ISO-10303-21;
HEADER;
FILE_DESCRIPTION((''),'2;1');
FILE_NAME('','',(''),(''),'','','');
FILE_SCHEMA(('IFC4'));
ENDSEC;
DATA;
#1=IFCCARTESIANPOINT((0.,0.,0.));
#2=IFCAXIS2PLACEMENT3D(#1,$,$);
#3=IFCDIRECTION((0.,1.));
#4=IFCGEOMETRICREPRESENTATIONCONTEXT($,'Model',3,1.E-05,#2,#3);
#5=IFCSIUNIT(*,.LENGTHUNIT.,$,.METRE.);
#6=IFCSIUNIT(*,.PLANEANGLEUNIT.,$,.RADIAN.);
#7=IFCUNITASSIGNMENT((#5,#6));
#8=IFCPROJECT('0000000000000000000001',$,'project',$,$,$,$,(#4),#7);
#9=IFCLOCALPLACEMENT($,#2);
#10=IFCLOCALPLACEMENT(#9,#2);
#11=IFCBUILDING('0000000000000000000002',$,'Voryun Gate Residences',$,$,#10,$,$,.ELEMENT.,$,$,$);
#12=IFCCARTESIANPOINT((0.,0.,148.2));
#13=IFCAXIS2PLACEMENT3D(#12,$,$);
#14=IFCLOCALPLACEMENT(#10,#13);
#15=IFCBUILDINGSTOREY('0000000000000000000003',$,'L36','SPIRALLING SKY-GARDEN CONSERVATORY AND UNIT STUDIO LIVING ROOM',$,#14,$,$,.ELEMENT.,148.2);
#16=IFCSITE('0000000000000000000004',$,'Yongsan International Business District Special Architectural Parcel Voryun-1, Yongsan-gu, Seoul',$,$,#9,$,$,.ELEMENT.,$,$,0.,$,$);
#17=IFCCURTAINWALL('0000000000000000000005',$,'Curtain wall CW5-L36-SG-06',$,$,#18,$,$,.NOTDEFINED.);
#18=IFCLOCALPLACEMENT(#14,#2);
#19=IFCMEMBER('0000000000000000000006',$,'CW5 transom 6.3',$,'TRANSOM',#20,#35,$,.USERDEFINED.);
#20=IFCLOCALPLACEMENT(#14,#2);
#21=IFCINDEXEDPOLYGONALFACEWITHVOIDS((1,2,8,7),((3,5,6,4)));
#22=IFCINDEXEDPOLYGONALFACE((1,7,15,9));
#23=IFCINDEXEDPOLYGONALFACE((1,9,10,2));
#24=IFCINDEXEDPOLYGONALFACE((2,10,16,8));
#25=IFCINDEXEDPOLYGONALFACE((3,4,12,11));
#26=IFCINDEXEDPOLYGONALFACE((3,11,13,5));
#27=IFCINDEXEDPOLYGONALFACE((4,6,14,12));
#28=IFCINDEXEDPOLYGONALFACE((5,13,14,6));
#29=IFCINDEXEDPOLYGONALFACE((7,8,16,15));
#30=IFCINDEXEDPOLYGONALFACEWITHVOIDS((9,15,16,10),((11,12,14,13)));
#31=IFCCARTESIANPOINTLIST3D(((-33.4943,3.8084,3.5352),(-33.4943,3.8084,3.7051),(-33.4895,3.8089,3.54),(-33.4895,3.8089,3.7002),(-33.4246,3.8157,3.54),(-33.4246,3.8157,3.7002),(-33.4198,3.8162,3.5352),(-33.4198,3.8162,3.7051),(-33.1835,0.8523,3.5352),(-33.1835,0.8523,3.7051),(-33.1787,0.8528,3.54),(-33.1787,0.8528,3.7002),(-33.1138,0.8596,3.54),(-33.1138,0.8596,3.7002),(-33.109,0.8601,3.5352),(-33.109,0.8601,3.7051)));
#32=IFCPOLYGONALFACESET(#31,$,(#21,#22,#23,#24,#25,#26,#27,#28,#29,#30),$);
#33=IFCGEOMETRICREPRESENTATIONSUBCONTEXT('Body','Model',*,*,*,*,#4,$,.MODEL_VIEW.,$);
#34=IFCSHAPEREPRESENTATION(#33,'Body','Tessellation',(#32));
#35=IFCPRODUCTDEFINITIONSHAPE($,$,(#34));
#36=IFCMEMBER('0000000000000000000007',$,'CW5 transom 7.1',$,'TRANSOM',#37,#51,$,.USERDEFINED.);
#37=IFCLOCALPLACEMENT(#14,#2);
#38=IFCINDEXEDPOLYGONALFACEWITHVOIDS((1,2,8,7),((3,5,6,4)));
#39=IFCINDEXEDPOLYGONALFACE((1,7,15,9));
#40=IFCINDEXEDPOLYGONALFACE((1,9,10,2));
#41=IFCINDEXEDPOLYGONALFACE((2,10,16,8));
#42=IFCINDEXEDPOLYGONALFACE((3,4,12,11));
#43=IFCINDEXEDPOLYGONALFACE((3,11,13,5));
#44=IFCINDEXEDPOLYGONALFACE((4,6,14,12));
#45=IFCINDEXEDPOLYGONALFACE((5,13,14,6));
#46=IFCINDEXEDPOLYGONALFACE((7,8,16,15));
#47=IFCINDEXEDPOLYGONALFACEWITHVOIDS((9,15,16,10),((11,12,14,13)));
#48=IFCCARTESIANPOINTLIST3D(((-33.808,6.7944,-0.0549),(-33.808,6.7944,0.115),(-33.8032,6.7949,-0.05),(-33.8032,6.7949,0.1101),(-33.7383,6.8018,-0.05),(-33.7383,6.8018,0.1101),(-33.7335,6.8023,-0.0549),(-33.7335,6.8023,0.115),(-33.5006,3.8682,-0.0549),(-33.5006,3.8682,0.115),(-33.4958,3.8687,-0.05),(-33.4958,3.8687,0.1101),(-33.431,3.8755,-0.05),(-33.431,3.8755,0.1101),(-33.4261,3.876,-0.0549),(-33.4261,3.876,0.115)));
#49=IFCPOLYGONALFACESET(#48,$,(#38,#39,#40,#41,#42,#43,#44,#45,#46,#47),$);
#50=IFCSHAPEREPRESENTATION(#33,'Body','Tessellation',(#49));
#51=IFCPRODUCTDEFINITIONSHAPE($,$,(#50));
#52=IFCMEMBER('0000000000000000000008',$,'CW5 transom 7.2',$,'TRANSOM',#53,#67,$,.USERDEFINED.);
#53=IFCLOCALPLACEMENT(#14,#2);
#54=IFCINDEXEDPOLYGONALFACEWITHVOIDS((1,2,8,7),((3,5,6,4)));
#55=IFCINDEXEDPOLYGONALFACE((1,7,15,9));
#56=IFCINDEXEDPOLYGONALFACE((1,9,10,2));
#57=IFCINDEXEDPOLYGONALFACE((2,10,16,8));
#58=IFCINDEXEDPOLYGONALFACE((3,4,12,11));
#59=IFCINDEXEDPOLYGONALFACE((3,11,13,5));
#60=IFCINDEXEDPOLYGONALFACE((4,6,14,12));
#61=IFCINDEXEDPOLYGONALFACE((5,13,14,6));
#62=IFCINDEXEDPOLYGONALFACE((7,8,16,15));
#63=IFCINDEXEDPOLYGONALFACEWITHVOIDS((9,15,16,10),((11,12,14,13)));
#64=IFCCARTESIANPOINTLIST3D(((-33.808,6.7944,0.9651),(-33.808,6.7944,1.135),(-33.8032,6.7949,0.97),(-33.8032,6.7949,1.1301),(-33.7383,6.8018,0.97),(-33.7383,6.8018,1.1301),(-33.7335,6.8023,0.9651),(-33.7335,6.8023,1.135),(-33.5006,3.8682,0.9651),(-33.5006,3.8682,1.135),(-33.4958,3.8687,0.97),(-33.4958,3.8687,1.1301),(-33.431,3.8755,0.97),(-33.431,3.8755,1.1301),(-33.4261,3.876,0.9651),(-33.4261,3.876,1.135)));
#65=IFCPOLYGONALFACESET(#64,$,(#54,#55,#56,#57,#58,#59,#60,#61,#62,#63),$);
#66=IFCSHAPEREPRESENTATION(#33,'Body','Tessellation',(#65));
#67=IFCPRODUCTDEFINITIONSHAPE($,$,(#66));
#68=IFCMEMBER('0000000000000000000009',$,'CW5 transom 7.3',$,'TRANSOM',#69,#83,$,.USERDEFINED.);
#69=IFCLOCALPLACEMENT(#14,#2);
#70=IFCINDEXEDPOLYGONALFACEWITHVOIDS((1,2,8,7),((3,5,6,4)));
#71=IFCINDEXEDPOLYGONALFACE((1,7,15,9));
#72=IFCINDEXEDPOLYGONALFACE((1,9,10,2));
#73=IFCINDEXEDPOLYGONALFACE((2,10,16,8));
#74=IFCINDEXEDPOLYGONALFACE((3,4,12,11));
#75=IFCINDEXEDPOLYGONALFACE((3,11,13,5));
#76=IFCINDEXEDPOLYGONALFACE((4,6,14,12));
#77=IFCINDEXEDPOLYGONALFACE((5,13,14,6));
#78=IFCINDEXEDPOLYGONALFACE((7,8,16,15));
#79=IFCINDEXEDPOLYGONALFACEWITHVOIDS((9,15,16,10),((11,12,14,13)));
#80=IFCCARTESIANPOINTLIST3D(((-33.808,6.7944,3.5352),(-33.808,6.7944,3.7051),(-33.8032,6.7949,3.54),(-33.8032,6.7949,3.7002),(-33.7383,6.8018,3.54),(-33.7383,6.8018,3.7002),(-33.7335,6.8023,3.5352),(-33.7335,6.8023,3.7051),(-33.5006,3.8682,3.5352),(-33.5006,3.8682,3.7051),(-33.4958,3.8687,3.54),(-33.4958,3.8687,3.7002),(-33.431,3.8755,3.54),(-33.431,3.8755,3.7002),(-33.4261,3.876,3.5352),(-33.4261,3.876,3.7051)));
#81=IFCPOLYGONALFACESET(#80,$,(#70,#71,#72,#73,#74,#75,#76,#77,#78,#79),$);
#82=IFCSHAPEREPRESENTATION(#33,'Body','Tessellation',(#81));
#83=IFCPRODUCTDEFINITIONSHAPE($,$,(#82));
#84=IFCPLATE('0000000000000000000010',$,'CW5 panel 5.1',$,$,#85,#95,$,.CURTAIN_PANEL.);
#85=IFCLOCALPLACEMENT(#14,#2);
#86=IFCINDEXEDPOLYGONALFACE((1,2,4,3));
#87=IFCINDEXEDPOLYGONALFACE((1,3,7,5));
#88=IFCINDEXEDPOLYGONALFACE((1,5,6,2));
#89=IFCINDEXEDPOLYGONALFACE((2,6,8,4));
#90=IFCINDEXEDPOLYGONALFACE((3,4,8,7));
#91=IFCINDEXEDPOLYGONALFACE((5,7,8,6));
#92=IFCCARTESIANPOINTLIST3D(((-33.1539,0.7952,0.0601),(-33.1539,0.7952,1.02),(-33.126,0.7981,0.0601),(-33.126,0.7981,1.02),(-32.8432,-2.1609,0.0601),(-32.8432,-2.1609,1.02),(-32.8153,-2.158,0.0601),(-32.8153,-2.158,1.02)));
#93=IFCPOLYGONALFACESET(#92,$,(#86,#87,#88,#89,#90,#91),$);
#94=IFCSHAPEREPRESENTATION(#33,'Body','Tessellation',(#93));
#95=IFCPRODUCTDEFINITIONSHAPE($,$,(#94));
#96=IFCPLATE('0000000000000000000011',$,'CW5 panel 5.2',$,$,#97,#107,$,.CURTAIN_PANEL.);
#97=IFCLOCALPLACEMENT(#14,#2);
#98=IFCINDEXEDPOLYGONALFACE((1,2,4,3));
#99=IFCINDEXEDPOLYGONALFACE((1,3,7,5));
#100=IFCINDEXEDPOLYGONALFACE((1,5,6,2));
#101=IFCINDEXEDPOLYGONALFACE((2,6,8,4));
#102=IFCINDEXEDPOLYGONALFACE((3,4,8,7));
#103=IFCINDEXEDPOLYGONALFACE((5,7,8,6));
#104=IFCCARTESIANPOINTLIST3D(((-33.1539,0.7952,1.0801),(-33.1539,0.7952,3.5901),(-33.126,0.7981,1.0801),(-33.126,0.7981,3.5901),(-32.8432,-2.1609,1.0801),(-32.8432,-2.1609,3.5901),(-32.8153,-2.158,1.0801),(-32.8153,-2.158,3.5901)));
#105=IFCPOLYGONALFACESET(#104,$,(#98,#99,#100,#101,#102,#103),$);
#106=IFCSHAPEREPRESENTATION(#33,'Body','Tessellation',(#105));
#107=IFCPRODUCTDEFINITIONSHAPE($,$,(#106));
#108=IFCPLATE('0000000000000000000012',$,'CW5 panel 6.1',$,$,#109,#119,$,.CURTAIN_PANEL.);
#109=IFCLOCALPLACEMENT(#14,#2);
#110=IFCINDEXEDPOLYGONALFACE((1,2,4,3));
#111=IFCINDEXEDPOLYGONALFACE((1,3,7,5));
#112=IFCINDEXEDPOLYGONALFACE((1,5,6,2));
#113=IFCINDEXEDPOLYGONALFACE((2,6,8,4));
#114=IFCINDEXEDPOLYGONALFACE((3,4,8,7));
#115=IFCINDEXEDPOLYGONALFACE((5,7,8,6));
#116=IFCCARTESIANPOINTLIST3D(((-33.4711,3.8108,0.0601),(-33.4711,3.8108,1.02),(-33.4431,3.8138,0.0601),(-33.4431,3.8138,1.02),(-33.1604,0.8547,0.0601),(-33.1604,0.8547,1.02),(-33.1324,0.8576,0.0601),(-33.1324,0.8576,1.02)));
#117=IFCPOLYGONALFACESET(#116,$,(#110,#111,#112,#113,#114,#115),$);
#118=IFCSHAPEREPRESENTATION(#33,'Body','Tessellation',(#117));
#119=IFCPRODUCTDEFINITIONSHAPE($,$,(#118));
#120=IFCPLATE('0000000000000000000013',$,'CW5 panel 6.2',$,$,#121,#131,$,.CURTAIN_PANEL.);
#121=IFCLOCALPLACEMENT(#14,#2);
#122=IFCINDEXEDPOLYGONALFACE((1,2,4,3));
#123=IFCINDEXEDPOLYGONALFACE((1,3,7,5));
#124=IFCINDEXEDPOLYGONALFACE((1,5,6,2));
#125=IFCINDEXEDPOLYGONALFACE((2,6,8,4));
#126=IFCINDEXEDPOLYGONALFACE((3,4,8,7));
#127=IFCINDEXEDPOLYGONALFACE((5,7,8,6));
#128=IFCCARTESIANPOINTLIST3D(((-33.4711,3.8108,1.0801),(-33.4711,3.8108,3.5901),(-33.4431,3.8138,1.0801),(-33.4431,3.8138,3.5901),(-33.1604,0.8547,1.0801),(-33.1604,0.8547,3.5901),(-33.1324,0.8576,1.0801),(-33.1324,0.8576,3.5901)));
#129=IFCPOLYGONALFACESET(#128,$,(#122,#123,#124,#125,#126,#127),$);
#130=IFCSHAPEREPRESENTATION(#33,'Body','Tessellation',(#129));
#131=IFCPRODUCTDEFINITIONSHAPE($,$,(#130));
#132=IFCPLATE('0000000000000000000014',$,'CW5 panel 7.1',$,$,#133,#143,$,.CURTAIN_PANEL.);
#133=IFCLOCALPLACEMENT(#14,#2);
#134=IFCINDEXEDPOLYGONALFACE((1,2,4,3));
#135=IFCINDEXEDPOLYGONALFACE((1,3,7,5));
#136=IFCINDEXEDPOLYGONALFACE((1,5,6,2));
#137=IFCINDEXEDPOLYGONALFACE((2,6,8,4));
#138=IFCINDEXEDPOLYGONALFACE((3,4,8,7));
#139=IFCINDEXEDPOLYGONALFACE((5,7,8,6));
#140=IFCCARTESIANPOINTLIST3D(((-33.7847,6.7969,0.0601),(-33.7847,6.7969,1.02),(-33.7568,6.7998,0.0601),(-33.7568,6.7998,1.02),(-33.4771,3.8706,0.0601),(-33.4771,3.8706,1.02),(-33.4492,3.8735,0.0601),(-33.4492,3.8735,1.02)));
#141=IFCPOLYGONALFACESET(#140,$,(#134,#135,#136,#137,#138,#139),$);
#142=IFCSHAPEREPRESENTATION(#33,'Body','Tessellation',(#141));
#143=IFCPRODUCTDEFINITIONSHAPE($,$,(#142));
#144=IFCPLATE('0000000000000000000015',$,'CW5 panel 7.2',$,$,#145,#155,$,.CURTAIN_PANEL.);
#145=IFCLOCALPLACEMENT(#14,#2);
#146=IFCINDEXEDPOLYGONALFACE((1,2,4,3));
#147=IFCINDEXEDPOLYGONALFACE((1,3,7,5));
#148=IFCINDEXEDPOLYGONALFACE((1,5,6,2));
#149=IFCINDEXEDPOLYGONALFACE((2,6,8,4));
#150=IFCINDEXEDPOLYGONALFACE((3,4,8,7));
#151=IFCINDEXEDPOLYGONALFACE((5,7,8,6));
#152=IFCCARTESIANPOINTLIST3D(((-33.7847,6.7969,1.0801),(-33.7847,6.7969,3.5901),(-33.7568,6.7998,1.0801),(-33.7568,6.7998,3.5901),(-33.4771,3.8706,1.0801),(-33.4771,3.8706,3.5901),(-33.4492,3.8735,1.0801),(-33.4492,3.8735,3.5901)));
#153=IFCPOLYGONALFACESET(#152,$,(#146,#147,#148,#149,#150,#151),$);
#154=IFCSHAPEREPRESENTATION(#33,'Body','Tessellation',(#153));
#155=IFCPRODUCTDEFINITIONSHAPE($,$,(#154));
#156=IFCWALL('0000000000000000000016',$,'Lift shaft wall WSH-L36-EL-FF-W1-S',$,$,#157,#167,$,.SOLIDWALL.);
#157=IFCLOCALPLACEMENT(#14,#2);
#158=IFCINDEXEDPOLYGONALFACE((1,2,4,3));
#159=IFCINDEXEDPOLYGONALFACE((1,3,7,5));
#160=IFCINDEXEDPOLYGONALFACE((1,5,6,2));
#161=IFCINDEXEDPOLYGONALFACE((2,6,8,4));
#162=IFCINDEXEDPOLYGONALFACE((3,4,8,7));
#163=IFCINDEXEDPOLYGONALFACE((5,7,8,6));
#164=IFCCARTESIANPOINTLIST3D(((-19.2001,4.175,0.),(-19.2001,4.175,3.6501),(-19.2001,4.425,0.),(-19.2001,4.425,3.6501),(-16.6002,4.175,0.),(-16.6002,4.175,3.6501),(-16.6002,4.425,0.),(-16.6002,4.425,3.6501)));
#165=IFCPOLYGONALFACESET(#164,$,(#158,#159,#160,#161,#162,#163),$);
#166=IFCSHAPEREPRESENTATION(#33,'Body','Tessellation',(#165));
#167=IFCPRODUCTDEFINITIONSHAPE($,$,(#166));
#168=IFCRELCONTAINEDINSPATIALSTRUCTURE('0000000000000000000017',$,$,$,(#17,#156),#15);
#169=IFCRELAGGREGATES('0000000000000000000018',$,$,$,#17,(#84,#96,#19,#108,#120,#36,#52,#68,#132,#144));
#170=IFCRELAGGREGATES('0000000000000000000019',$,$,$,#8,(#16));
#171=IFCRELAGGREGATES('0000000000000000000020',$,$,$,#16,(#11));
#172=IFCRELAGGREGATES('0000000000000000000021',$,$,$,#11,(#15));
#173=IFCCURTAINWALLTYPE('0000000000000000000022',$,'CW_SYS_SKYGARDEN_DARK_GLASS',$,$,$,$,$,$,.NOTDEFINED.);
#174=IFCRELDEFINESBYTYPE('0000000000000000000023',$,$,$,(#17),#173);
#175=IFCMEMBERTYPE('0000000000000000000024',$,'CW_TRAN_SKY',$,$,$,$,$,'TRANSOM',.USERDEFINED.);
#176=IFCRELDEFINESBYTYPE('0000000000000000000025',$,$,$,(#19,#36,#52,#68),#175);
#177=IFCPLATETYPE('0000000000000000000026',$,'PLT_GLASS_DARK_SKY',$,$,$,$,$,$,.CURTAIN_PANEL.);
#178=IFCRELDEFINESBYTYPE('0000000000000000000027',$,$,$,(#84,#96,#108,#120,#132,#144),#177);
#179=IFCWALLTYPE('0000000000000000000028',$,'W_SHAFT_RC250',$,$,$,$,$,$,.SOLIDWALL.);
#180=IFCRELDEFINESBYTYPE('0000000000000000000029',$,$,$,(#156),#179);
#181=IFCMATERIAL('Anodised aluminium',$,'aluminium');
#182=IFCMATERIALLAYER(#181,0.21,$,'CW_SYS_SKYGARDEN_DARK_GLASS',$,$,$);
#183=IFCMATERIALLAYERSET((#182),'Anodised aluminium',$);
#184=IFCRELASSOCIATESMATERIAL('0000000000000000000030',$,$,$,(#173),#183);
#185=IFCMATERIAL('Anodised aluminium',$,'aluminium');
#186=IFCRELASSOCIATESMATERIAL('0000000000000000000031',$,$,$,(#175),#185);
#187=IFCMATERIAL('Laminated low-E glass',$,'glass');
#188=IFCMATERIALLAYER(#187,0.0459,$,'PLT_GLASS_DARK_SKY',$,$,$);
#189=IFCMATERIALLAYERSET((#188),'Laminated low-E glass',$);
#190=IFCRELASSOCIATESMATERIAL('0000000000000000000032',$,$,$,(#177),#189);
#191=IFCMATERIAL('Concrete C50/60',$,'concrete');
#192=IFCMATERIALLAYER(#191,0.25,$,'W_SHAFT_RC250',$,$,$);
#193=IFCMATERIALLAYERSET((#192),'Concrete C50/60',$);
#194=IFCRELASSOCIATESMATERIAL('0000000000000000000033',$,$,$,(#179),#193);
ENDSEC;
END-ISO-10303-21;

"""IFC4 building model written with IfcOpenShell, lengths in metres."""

from ifc_helpers import new_model, si_unit, direction, frame, frame_2d, origin, origin_2d, place, context, subcontext, project, spatial, rectangle, hollow_rectangle, extrude, material, layer, layer_set, material_profile, profile_set, type_object, element, aggregate, save


model = new_model("IFC4")

# Units and contexts
model_context = context("Model", 3, precision=1e-05, world=origin(), true_north=direction((0.0, 1.0)))
body_context = subcontext(model_context, "Body", "Model", "MODEL_VIEW")
ifc_project = project(units=[si_unit("LENGTHUNIT", "METRE"), si_unit("PLANEANGLEUNIT", "RADIAN")], contexts=[model_context])

# Site, building, storey
site_placement = place(None, origin())
site = spatial("IfcSite", under=ifc_project, at=site_placement, Name="Yongsan International Business District Special Architectural Parcel Voryun-1, Yongsan-gu, Seoul", CompositionType="ELEMENT", RefElevation=0.0)
building_placement = place(site_placement, origin())
building = spatial("IfcBuilding", under=site, at=building_placement, Name="Voryun Gate Residences", CompositionType="ELEMENT")
storey_placement = place(building_placement, frame((0.0, 0.0, 148.2)))
storey = spatial("IfcBuildingStorey", under=building, at=storey_placement, Name="L36", Description="SPIRALLING SKY-GARDEN CONSERVATORY AND UNIT STUDIO LIVING ROOM", CompositionType="ELEMENT", Elevation=148.2)

# Curtain wall, members, plates
ifc_material_1 = material(Name="Anodised aluminium", Category="aluminium")
ifc_layer_1 = layer(ifc_material_1, 0.21, Name="CW_SYS_SKYGARDEN_DARK_GLASS")
ifc_layer_set_1 = layer_set([ifc_layer_1], Name="Anodised aluminium")
curtain_wall_type = type_object("IfcCurtainWallType", Name="CW_SYS_SKYGARDEN_DARK_GLASS", PredefinedType="NOTDEFINED", material=ifc_layer_set_1)
curtain_wall_placement = place(storey_placement, origin())
curtain_wall = element("IfcCurtainWall", 1, at=curtain_wall_placement, inside=storey, type_object=curtain_wall_type, Name="Curtain wall CW5-L36-SG-06", PredefinedType="NOTDEFINED")
ifc_material_2 = material(Name="Anodised aluminium", Category="aluminium")
ifc_material_profile_1 = material_profile(ifc_material_2, hollow_rectangle(XDim=0.075, YDim=0.1699, WallThickness=0.0049, at=origin_2d()), Name="ALU-TRAN-170x75x5")
ifc_profile_set_1 = profile_set([ifc_material_profile_1], Name="Anodised aluminium")
member_type_1 = type_object("IfcMemberType", Name="CW_TRAN_SKY", ElementType="TRANSOM", PredefinedType="USERDEFINED", material=ifc_profile_set_1)
member_1_placement = place(storey_placement, frame((-33.1462, 0.8562, 3.6201), z_axis=(-0.104561, 0.994518, 0.0), x_axis=(-0.994518, -0.104561, 0.0)))
member_1 = element("IfcMember", 2, at=member_1_placement, type_object=member_type_1, Name="CW5 transom 6.3", ObjectType="TRANSOM", PredefinedType="USERDEFINED", context=body_context, shape_type="SweptSolid", body=[
    extrude(hollow_rectangle(XDim=0.075, YDim=0.1699, WallThickness=0.0049, at=origin_2d()), origin(), (0.0, 0.0, 1.0), 2.9724),
])
member_2_placement = place(storey_placement, frame((-33.4634, 3.8721, 0.03), z_axis=(-0.104465, 0.994529, 0.0), x_axis=(-0.994529, -0.104465, 0.0)))
member_2 = element("IfcMember", 3, at=member_2_placement, type_object=member_type_1, Name="CW5 transom 7.1", ObjectType="TRANSOM", PredefinedType="USERDEFINED", context=body_context, shape_type="SweptSolid", body=[
    extrude(hollow_rectangle(XDim=0.075, YDim=0.1699, WallThickness=0.0049, at=origin_2d()), origin(), (0.0, 0.0, 1.0), 2.9424),
])
member_3_placement = place(storey_placement, frame((-33.4634, 3.8721, 1.05), z_axis=(-0.104465, 0.994529, 0.0), x_axis=(-0.994529, -0.104465, 0.0)))
member_3 = element("IfcMember", 4, at=member_3_placement, type_object=member_type_1, Name="CW5 transom 7.2", ObjectType="TRANSOM", PredefinedType="USERDEFINED", context=body_context, shape_type="SweptSolid", body=[
    extrude(hollow_rectangle(XDim=0.075, YDim=0.1699, WallThickness=0.0049, at=origin_2d()), origin(), (0.0, 0.0, 1.0), 2.9424),
])
member_4_placement = place(storey_placement, frame((-33.4634, 3.8721, 3.6201), z_axis=(-0.104465, 0.994529, 0.0), x_axis=(-0.994529, -0.104465, 0.0)))
member_4 = element("IfcMember", 5, at=member_4_placement, type_object=member_type_1, Name="CW5 transom 7.3", ObjectType="TRANSOM", PredefinedType="USERDEFINED", context=body_context, shape_type="SweptSolid", body=[
    extrude(hollow_rectangle(XDim=0.075, YDim=0.1699, WallThickness=0.0049, at=origin_2d()), origin(), (0.0, 0.0, 1.0), 2.9424),
])
ifc_material_3 = material(Name="Laminated low-E glass", Category="glass")
ifc_layer_2 = layer(ifc_material_3, 0.0459, Name="PLT_GLASS_DARK_SKY")
ifc_layer_set_2 = layer_set([ifc_layer_2], Name="Laminated low-E glass")
plate_type = type_object("IfcPlateType", Name="PLT_GLASS_DARK_SKY", PredefinedType="CURTAIN_PANEL", material=ifc_layer_set_2)
plate_1_placement = place(storey_placement, frame((-32.9846, -0.6814, 0.0601), z_axis=(0.0, 0.0, 1.0), x_axis=(-0.10453, 0.994522, 0.0)))
plate_1 = element("IfcPlate", 6, at=plate_1_placement, type_object=plate_type, Name="CW5 panel 5.1", PredefinedType="CURTAIN_PANEL", context=body_context, shape_type="SweptSolid", body=[
    extrude(rectangle(XDim=2.9724, YDim=0.0281, at=origin_2d()), origin(), (0.0, 0.0, 1.0), 0.96),
])
plate_2_placement = place(storey_placement, frame((-32.9846, -0.6814, 1.0801), z_axis=(0.0, 0.0, 1.0), x_axis=(-0.10453, 0.994522, 0.0)))
plate_2 = element("IfcPlate", 7, at=plate_2_placement, type_object=plate_type, Name="CW5 panel 5.2", PredefinedType="CURTAIN_PANEL", context=body_context, shape_type="SweptSolid", body=[
    extrude(rectangle(XDim=2.9724, YDim=0.0281, at=origin_2d()), origin(), (0.0, 0.0, 1.0), 2.51),
])
plate_3_placement = place(storey_placement, frame((-33.3018, 2.3342, 0.0601), z_axis=(0.0, 0.0, 1.0), x_axis=(-0.10453, 0.994522, 0.0)))
plate_3 = element("IfcPlate", 8, at=plate_3_placement, type_object=plate_type, Name="CW5 panel 6.1", PredefinedType="CURTAIN_PANEL", context=body_context, shape_type="SweptSolid", body=[
    extrude(rectangle(XDim=2.9724, YDim=0.0281, at=origin_2d()), origin(), (0.0, 0.0, 1.0), 0.96),
])
plate_4_placement = place(storey_placement, frame((-33.3018, 2.3342, 1.0801), z_axis=(0.0, 0.0, 1.0), x_axis=(-0.10453, 0.994522, 0.0)))
plate_4 = element("IfcPlate", 9, at=plate_4_placement, type_object=plate_type, Name="CW5 panel 6.2", PredefinedType="CURTAIN_PANEL", context=body_context, shape_type="SweptSolid", body=[
    extrude(rectangle(XDim=2.9724, YDim=0.0281, at=origin_2d()), origin(), (0.0, 0.0, 1.0), 2.51),
])
plate_5_placement = place(storey_placement, frame((-33.6169, 5.3352, 0.0601), z_axis=(0.0, 0.0, 1.0), x_axis=(-0.10453, 0.994522, 0.0)))
plate_5 = element("IfcPlate", 10, at=plate_5_placement, type_object=plate_type, Name="CW5 panel 7.1", PredefinedType="CURTAIN_PANEL", context=body_context, shape_type="SweptSolid", body=[
    extrude(rectangle(XDim=2.9424, YDim=0.0281, at=origin_2d()), origin(), (0.0, 0.0, 1.0), 0.96),
])
plate_6_placement = place(storey_placement, frame((-33.6169, 5.3352, 1.0801), z_axis=(0.0, 0.0, 1.0), x_axis=(-0.10453, 0.994522, 0.0)))
plate_6 = element("IfcPlate", 11, at=plate_6_placement, type_object=plate_type, Name="CW5 panel 7.2", PredefinedType="CURTAIN_PANEL", context=body_context, shape_type="SweptSolid", body=[
    extrude(rectangle(XDim=2.9424, YDim=0.0281, at=origin_2d()), origin(), (0.0, 0.0, 1.0), 2.51),
])
aggregate(curtain_wall, [plate_1, plate_2, member_1, plate_3, plate_4, member_2, member_3, member_4, plate_5, plate_6])

# Wall
ifc_material_4 = material(Name="Concrete C50/60", Category="concrete")
ifc_layer_3 = layer(ifc_material_4, 0.25, Name="W_SHAFT_RC250")
ifc_layer_set_3 = layer_set([ifc_layer_3], Name="Concrete C50/60")
wall_type = type_object("IfcWallType", Name="W_SHAFT_RC250", PredefinedType="SOLIDWALL", material=ifc_layer_set_3)
wall_placement = place(storey_placement, frame((-19.2, 4.3, 0.0), z_axis=(0.0, 0.0, 1.0), x_axis=(1.0, 0.0, 0.0)))
element("IfcWall", 12, at=wall_placement, inside=storey, type_object=wall_type, Name="Lift shaft wall WSH-L36-EL-FF-W1-S", PredefinedType="SOLIDWALL", context=body_context, shape_type="SweptSolid", body=[
    extrude(rectangle(XDim=2.5999, YDim=0.25, at=frame_2d((1.2998, 0.0))), origin(), (0.0, 0.0, 1.0), 3.6501),
])

save(model, "model.ifc")
